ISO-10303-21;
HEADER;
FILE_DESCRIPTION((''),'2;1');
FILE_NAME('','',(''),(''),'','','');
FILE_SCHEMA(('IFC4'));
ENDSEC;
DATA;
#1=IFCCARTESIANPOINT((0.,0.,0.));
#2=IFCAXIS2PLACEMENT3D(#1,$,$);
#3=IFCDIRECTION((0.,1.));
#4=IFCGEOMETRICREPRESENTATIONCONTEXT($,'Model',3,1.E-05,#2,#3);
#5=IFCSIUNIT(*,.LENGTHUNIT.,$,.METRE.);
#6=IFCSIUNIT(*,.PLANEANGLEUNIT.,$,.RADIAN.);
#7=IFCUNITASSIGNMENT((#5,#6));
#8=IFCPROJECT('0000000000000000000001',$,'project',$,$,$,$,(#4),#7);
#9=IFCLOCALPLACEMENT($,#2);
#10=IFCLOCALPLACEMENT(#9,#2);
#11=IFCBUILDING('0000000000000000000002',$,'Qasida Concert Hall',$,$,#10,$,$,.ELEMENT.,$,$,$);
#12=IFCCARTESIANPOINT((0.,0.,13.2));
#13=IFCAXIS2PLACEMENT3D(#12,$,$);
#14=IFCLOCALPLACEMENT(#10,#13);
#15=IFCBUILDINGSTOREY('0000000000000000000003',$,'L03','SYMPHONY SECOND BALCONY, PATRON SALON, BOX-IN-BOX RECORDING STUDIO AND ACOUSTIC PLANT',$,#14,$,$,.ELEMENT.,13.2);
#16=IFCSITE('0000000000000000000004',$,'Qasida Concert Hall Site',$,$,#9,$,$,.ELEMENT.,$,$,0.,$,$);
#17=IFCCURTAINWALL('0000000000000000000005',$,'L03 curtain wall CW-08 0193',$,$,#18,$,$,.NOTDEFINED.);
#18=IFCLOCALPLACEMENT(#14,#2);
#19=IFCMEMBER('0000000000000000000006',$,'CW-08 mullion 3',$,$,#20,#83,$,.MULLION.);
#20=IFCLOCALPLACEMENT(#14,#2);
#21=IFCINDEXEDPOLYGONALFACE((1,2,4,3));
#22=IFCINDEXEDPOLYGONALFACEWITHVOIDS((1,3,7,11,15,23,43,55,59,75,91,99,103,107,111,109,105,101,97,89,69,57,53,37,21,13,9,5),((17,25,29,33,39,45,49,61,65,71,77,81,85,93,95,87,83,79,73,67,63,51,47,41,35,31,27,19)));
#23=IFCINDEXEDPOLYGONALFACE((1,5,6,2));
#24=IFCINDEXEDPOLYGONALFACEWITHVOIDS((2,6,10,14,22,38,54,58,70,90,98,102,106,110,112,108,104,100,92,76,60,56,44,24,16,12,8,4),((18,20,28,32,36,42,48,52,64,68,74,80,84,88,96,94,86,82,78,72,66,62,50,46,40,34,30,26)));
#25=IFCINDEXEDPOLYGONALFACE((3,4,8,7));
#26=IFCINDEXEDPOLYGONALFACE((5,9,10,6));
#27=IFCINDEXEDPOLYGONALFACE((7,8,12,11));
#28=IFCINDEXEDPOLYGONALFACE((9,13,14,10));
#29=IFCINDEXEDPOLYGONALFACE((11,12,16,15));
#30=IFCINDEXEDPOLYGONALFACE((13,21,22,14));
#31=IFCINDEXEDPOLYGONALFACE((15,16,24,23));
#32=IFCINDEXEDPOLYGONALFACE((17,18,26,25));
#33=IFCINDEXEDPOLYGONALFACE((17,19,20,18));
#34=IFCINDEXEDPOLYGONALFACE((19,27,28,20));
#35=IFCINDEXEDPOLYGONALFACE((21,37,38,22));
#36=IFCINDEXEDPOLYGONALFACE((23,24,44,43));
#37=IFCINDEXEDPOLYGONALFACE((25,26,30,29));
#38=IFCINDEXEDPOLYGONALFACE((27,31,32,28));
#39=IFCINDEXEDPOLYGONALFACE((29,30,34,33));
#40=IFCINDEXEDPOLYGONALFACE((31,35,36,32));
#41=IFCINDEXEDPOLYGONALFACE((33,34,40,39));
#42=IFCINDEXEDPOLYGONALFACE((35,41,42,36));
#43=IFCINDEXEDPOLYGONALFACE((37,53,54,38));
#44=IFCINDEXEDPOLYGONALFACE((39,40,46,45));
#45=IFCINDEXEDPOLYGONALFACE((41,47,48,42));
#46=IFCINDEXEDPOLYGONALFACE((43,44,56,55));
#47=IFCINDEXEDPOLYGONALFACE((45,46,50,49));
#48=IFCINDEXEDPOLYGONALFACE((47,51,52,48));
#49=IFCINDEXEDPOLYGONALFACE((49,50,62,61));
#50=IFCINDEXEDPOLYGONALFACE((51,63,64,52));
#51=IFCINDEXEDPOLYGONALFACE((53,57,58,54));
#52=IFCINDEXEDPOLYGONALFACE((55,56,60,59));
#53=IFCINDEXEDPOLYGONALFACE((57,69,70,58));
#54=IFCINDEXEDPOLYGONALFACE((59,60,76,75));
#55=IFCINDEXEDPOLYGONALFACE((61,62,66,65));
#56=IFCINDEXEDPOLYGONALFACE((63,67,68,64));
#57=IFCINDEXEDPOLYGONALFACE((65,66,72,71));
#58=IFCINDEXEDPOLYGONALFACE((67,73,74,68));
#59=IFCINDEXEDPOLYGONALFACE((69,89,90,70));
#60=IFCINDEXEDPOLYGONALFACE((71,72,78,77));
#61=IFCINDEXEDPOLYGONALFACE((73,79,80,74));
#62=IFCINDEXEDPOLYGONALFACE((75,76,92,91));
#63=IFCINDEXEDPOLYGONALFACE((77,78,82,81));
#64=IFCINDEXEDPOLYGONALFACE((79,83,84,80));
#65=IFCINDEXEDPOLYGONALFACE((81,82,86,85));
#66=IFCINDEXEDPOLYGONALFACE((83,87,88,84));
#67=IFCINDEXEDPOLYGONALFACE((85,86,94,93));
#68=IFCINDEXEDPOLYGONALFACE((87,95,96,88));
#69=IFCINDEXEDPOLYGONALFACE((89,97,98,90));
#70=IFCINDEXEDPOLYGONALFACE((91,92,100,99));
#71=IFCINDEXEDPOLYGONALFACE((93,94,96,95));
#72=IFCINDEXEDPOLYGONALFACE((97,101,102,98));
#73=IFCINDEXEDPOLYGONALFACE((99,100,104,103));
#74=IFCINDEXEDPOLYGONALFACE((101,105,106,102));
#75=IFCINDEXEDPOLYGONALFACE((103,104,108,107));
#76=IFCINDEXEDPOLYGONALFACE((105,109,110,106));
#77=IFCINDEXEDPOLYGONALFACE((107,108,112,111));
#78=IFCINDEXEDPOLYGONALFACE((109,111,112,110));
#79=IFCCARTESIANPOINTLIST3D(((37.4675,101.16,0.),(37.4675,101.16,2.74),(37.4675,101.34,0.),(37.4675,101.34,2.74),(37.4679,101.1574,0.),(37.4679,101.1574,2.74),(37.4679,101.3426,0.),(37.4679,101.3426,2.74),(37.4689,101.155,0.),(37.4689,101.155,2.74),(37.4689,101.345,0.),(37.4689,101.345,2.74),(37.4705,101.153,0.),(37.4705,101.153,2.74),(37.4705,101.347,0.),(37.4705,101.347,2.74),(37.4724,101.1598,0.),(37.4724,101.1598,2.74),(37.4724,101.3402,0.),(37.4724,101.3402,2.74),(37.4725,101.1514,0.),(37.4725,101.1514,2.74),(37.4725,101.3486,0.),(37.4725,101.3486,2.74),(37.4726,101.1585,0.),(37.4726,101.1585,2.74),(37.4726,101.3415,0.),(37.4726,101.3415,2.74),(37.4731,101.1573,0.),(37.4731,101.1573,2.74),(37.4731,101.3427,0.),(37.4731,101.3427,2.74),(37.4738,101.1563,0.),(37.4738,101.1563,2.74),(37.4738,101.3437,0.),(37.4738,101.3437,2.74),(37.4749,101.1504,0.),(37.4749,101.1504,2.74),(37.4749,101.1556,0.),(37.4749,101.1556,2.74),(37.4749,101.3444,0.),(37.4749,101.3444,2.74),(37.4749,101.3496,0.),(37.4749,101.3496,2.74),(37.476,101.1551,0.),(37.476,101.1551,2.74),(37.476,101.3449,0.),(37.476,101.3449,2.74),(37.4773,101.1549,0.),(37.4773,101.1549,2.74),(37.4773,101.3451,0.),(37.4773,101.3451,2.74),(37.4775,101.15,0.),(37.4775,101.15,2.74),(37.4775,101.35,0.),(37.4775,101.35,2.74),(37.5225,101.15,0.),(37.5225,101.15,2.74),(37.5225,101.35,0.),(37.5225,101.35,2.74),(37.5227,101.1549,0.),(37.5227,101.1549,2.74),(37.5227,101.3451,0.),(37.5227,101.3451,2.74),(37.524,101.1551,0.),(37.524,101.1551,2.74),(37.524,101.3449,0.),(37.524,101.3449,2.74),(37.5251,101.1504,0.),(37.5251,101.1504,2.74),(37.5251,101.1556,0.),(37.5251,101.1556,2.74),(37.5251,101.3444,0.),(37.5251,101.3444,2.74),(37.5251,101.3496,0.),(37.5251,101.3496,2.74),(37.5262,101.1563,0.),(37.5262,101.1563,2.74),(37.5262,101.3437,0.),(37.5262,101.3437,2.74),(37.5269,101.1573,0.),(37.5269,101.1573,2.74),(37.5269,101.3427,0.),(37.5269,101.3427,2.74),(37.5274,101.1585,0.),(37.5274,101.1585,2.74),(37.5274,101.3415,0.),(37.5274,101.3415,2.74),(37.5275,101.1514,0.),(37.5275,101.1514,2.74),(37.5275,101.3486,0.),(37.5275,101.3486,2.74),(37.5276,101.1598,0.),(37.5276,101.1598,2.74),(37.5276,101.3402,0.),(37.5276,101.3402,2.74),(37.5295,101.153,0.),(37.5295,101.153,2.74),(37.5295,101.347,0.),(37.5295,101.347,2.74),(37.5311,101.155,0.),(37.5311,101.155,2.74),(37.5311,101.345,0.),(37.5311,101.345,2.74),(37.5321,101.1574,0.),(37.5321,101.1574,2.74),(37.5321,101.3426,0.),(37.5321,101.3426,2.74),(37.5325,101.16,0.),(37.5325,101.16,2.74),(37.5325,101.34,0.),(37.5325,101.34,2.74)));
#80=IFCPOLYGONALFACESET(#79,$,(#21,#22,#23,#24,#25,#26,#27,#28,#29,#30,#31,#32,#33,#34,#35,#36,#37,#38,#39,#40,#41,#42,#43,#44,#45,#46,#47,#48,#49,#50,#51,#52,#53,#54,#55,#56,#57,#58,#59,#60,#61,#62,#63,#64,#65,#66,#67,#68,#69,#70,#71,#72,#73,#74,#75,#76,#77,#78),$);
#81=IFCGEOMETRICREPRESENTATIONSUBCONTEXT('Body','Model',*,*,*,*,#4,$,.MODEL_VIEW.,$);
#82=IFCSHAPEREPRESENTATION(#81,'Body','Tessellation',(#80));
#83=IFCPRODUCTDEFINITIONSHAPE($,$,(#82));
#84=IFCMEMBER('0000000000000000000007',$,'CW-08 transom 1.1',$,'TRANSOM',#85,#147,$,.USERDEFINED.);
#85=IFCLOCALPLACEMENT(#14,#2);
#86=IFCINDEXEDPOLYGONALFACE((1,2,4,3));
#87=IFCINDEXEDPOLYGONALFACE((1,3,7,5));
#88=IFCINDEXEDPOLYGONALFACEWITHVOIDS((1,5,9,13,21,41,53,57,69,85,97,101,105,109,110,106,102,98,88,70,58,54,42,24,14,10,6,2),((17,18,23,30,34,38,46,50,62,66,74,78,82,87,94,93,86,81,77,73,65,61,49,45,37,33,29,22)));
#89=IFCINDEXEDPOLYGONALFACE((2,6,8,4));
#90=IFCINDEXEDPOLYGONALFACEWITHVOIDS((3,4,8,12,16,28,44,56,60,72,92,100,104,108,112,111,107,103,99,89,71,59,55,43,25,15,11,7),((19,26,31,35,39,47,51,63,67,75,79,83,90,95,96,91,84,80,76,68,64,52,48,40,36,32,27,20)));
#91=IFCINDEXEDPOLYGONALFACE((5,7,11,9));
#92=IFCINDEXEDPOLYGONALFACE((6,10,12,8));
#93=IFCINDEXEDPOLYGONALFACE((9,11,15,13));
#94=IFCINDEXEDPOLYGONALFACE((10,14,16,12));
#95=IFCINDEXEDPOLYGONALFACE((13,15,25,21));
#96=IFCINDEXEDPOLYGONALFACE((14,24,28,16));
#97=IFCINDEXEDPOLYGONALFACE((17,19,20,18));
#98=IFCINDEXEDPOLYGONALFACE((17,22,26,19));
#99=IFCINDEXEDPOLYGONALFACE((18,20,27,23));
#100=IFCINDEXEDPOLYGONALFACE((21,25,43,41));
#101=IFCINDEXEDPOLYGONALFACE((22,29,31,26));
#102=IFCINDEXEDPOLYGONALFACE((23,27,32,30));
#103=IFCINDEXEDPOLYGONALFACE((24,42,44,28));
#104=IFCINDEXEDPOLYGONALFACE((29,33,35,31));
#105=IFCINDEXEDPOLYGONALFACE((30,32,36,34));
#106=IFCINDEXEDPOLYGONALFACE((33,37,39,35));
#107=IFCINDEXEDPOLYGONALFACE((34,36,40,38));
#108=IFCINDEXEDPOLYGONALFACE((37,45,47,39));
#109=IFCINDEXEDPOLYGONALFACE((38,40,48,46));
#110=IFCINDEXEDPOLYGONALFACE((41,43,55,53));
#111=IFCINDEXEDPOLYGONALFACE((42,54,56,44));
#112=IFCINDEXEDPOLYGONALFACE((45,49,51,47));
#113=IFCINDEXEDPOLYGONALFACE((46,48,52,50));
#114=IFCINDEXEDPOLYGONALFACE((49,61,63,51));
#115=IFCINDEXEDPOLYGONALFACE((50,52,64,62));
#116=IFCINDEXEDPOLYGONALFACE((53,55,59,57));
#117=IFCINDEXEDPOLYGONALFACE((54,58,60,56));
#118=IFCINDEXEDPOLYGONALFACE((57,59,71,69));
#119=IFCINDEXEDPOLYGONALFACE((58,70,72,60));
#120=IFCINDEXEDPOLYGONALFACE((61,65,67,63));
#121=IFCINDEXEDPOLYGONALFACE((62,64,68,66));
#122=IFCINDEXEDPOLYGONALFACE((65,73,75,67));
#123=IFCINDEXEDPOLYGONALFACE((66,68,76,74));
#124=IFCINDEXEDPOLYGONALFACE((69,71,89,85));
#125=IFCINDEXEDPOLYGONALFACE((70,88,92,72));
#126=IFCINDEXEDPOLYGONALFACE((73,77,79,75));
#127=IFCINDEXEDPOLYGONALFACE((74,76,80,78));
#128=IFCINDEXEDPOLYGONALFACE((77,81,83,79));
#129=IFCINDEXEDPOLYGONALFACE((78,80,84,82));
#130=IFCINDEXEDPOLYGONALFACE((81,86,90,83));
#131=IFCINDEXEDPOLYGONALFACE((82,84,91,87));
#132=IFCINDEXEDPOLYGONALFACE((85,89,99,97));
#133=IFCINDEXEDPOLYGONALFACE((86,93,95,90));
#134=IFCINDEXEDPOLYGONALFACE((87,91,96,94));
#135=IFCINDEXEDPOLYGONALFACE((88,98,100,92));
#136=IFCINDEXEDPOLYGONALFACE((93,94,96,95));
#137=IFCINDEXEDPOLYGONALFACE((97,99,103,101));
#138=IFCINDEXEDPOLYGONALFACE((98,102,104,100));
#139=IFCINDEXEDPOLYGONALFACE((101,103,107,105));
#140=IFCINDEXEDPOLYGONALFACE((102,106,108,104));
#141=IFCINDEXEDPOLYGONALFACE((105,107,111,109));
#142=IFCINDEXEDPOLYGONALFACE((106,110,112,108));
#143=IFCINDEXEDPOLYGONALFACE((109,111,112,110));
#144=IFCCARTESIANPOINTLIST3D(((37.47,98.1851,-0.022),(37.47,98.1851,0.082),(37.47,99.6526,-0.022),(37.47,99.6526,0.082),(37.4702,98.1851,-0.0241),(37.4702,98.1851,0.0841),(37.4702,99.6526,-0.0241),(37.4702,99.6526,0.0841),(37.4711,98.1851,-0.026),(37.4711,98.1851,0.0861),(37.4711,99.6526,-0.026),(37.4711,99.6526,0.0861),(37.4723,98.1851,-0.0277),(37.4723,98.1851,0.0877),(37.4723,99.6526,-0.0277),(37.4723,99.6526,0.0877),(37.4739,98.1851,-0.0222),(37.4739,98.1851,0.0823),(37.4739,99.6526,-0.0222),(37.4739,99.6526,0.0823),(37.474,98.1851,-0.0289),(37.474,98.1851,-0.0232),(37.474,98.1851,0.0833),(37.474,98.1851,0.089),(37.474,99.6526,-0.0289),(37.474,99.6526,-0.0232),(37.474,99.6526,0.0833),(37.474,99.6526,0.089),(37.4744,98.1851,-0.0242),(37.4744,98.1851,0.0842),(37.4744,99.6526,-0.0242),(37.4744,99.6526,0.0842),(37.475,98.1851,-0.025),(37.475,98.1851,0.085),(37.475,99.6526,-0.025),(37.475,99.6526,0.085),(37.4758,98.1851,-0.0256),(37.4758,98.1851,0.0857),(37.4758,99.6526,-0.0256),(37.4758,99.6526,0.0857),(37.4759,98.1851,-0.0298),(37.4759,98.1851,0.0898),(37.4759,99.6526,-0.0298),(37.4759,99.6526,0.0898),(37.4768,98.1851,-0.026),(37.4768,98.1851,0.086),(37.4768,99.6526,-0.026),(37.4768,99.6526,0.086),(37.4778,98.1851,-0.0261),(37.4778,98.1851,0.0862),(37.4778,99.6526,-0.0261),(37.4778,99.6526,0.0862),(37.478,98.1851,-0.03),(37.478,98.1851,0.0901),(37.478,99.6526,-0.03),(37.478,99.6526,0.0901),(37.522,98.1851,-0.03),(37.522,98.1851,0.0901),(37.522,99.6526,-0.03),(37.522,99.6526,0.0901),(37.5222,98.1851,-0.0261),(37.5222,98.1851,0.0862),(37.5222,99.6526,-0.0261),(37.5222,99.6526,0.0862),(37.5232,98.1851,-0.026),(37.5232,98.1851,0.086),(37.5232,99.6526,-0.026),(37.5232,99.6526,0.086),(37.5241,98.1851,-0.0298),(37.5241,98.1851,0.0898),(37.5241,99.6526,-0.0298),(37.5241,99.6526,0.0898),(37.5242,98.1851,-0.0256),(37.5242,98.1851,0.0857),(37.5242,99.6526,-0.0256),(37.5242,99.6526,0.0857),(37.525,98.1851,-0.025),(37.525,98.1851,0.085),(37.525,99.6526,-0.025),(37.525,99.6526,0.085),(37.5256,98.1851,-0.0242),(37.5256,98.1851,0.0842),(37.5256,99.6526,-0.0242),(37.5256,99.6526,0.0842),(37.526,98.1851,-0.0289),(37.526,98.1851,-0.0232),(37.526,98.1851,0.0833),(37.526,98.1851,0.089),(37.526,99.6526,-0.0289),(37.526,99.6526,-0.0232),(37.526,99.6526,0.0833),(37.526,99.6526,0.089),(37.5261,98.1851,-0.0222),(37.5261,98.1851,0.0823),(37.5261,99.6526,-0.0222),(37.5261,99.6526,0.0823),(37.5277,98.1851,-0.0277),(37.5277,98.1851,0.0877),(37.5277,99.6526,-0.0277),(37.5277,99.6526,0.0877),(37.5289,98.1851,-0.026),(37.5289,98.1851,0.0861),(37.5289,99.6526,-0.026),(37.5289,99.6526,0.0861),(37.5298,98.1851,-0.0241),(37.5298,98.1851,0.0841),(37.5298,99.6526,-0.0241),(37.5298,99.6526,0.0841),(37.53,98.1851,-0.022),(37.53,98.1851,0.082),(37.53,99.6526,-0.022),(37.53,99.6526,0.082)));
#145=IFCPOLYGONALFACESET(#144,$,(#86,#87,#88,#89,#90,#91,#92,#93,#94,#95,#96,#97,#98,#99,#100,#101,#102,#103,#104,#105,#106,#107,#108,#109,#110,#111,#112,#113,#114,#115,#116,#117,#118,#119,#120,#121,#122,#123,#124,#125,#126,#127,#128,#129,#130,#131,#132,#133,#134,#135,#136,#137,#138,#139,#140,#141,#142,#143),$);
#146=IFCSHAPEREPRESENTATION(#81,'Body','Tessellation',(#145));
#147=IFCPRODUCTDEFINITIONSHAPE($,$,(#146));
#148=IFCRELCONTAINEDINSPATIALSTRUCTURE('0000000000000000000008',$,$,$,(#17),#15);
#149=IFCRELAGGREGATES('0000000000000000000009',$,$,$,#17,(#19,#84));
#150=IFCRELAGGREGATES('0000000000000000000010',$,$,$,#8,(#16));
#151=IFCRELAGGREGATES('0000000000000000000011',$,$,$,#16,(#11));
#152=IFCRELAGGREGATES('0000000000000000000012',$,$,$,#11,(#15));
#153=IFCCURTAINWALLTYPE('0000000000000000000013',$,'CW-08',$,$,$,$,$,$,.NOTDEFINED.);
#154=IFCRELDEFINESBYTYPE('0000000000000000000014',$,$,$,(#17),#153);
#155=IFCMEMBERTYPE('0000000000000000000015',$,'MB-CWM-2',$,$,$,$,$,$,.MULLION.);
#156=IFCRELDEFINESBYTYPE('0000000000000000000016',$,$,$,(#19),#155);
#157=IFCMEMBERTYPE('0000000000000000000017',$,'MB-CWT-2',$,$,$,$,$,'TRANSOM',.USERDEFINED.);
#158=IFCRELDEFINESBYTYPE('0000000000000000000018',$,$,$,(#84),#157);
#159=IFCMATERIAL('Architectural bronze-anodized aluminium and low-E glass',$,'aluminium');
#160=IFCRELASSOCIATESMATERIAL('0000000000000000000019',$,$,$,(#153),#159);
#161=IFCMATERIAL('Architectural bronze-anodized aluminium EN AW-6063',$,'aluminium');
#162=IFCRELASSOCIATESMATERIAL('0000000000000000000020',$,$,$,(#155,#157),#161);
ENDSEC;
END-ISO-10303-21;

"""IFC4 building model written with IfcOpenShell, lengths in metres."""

from ifc_helpers import new_model, si_unit, direction, frame, origin, origin_2d, place, context, subcontext, project, spatial, hollow_rectangle, extrude, material, material_profile, profile_set, type_object, element, aggregate, save


model = new_model("IFC4")

# Units and contexts
model_context = context("Model", 3, precision=1e-05, world=origin(), true_north=direction((0.0, 1.0)))
body_context = subcontext(model_context, "Body", "Model", "MODEL_VIEW")
ifc_project = project(units=[si_unit("LENGTHUNIT", "METRE"), si_unit("PLANEANGLEUNIT", "RADIAN")], contexts=[model_context])

# Site, building, storey
site_placement = place(None, origin())
site = spatial("IfcSite", under=ifc_project, at=site_placement, Name="Qasida Concert Hall Site", CompositionType="ELEMENT", RefElevation=0.0)
building_placement = place(site_placement, origin())
building = spatial("IfcBuilding", under=site, at=building_placement, Name="Qasida Concert Hall", CompositionType="ELEMENT")
storey_placement = place(building_placement, frame((0.0, 0.0, 13.2)))
storey = spatial("IfcBuildingStorey", under=building, at=storey_placement, Name="L03", Description="SYMPHONY SECOND BALCONY, PATRON SALON, BOX-IN-BOX RECORDING STUDIO AND ACOUSTIC PLANT", CompositionType="ELEMENT", Elevation=13.2)

# Curtain wall, members
ifc_material_1 = material(Name="Architectural bronze-anodized aluminium and low-E glass", Category="aluminium")
curtain_wall_type = type_object("IfcCurtainWallType", Name="CW-08", PredefinedType="NOTDEFINED", material=ifc_material_1)
curtain_wall_placement = place(storey_placement, origin())
curtain_wall = element("IfcCurtainWall", 1, at=curtain_wall_placement, inside=storey, type_object=curtain_wall_type, Name="L03 curtain wall CW-08 0193", PredefinedType="NOTDEFINED")
ifc_material_2 = material(Name="Architectural bronze-anodized aluminium EN AW-6063", Category="aluminium")
ifc_material_profile_1 = material_profile(ifc_material_2, hollow_rectangle(XDim=0.0649, YDim=0.2, WallThickness=0.0049, InnerFilletRadius=0.0049, OuterFilletRadius=0.01, at=origin_2d()), Name="CWM 200x65x5")
ifc_profile_set_1 = profile_set([ifc_material_profile_1], Name="Architectural bronze-anodized aluminium EN AW-6063")
member_type_1 = type_object("IfcMemberType", Name="MB-CWM-2", PredefinedType="MULLION", material=ifc_profile_set_1)
member_1_placement = place(storey_placement, frame((37.5, 101.25, 0.0), z_axis=(0.0, 0.0, 1.0), x_axis=(-1.0, 0.0, 0.0)))
member_1 = element("IfcMember", 2, at=member_1_placement, type_object=member_type_1, Name="CW-08 mullion 3", PredefinedType="MULLION", context=body_context, shape_type="SweptSolid", body=[
    extrude(hollow_rectangle(XDim=0.0649, YDim=0.2, WallThickness=0.0049, InnerFilletRadius=0.0049, OuterFilletRadius=0.01, at=origin_2d()), origin(), (0.0, 0.0, 1.0), 2.74),
])
ifc_material_profile_2 = material_profile(ifc_material_2, hollow_rectangle(XDim=0.0601, YDim=0.1201, WallThickness=0.0039, InnerFilletRadius=0.0039, OuterFilletRadius=0.0081, at=origin_2d()), Name="CWT 120x60x4")
ifc_profile_set_2 = profile_set([ifc_material_profile_2], Name="Architectural bronze-anodized aluminium EN AW-6063")
member_type_2 = type_object("IfcMemberType", Name="MB-CWT-2", ElementType="TRANSOM", PredefinedType="USERDEFINED", material=ifc_profile_set_2)
member_2_placement = place(storey_placement, frame((37.5, 98.1851, 0.03), z_axis=(0.0, 1.0, 0.0), x_axis=(-1.0, 0.0, 0.0)))
member_2 = element("IfcMember", 3, at=member_2_placement, type_object=member_type_2, Name="CW-08 transom 1.1", ObjectType="TRANSOM", PredefinedType="USERDEFINED", context=body_context, shape_type="SweptSolid", body=[
    extrude(hollow_rectangle(XDim=0.0601, YDim=0.1201, WallThickness=0.0039, InnerFilletRadius=0.0039, OuterFilletRadius=0.0081, at=origin_2d()), origin(), (0.0, 0.0, 1.0), 1.4675),
])
aggregate(curtain_wall, [member_1, member_2])

save(model, "model.ifc")
